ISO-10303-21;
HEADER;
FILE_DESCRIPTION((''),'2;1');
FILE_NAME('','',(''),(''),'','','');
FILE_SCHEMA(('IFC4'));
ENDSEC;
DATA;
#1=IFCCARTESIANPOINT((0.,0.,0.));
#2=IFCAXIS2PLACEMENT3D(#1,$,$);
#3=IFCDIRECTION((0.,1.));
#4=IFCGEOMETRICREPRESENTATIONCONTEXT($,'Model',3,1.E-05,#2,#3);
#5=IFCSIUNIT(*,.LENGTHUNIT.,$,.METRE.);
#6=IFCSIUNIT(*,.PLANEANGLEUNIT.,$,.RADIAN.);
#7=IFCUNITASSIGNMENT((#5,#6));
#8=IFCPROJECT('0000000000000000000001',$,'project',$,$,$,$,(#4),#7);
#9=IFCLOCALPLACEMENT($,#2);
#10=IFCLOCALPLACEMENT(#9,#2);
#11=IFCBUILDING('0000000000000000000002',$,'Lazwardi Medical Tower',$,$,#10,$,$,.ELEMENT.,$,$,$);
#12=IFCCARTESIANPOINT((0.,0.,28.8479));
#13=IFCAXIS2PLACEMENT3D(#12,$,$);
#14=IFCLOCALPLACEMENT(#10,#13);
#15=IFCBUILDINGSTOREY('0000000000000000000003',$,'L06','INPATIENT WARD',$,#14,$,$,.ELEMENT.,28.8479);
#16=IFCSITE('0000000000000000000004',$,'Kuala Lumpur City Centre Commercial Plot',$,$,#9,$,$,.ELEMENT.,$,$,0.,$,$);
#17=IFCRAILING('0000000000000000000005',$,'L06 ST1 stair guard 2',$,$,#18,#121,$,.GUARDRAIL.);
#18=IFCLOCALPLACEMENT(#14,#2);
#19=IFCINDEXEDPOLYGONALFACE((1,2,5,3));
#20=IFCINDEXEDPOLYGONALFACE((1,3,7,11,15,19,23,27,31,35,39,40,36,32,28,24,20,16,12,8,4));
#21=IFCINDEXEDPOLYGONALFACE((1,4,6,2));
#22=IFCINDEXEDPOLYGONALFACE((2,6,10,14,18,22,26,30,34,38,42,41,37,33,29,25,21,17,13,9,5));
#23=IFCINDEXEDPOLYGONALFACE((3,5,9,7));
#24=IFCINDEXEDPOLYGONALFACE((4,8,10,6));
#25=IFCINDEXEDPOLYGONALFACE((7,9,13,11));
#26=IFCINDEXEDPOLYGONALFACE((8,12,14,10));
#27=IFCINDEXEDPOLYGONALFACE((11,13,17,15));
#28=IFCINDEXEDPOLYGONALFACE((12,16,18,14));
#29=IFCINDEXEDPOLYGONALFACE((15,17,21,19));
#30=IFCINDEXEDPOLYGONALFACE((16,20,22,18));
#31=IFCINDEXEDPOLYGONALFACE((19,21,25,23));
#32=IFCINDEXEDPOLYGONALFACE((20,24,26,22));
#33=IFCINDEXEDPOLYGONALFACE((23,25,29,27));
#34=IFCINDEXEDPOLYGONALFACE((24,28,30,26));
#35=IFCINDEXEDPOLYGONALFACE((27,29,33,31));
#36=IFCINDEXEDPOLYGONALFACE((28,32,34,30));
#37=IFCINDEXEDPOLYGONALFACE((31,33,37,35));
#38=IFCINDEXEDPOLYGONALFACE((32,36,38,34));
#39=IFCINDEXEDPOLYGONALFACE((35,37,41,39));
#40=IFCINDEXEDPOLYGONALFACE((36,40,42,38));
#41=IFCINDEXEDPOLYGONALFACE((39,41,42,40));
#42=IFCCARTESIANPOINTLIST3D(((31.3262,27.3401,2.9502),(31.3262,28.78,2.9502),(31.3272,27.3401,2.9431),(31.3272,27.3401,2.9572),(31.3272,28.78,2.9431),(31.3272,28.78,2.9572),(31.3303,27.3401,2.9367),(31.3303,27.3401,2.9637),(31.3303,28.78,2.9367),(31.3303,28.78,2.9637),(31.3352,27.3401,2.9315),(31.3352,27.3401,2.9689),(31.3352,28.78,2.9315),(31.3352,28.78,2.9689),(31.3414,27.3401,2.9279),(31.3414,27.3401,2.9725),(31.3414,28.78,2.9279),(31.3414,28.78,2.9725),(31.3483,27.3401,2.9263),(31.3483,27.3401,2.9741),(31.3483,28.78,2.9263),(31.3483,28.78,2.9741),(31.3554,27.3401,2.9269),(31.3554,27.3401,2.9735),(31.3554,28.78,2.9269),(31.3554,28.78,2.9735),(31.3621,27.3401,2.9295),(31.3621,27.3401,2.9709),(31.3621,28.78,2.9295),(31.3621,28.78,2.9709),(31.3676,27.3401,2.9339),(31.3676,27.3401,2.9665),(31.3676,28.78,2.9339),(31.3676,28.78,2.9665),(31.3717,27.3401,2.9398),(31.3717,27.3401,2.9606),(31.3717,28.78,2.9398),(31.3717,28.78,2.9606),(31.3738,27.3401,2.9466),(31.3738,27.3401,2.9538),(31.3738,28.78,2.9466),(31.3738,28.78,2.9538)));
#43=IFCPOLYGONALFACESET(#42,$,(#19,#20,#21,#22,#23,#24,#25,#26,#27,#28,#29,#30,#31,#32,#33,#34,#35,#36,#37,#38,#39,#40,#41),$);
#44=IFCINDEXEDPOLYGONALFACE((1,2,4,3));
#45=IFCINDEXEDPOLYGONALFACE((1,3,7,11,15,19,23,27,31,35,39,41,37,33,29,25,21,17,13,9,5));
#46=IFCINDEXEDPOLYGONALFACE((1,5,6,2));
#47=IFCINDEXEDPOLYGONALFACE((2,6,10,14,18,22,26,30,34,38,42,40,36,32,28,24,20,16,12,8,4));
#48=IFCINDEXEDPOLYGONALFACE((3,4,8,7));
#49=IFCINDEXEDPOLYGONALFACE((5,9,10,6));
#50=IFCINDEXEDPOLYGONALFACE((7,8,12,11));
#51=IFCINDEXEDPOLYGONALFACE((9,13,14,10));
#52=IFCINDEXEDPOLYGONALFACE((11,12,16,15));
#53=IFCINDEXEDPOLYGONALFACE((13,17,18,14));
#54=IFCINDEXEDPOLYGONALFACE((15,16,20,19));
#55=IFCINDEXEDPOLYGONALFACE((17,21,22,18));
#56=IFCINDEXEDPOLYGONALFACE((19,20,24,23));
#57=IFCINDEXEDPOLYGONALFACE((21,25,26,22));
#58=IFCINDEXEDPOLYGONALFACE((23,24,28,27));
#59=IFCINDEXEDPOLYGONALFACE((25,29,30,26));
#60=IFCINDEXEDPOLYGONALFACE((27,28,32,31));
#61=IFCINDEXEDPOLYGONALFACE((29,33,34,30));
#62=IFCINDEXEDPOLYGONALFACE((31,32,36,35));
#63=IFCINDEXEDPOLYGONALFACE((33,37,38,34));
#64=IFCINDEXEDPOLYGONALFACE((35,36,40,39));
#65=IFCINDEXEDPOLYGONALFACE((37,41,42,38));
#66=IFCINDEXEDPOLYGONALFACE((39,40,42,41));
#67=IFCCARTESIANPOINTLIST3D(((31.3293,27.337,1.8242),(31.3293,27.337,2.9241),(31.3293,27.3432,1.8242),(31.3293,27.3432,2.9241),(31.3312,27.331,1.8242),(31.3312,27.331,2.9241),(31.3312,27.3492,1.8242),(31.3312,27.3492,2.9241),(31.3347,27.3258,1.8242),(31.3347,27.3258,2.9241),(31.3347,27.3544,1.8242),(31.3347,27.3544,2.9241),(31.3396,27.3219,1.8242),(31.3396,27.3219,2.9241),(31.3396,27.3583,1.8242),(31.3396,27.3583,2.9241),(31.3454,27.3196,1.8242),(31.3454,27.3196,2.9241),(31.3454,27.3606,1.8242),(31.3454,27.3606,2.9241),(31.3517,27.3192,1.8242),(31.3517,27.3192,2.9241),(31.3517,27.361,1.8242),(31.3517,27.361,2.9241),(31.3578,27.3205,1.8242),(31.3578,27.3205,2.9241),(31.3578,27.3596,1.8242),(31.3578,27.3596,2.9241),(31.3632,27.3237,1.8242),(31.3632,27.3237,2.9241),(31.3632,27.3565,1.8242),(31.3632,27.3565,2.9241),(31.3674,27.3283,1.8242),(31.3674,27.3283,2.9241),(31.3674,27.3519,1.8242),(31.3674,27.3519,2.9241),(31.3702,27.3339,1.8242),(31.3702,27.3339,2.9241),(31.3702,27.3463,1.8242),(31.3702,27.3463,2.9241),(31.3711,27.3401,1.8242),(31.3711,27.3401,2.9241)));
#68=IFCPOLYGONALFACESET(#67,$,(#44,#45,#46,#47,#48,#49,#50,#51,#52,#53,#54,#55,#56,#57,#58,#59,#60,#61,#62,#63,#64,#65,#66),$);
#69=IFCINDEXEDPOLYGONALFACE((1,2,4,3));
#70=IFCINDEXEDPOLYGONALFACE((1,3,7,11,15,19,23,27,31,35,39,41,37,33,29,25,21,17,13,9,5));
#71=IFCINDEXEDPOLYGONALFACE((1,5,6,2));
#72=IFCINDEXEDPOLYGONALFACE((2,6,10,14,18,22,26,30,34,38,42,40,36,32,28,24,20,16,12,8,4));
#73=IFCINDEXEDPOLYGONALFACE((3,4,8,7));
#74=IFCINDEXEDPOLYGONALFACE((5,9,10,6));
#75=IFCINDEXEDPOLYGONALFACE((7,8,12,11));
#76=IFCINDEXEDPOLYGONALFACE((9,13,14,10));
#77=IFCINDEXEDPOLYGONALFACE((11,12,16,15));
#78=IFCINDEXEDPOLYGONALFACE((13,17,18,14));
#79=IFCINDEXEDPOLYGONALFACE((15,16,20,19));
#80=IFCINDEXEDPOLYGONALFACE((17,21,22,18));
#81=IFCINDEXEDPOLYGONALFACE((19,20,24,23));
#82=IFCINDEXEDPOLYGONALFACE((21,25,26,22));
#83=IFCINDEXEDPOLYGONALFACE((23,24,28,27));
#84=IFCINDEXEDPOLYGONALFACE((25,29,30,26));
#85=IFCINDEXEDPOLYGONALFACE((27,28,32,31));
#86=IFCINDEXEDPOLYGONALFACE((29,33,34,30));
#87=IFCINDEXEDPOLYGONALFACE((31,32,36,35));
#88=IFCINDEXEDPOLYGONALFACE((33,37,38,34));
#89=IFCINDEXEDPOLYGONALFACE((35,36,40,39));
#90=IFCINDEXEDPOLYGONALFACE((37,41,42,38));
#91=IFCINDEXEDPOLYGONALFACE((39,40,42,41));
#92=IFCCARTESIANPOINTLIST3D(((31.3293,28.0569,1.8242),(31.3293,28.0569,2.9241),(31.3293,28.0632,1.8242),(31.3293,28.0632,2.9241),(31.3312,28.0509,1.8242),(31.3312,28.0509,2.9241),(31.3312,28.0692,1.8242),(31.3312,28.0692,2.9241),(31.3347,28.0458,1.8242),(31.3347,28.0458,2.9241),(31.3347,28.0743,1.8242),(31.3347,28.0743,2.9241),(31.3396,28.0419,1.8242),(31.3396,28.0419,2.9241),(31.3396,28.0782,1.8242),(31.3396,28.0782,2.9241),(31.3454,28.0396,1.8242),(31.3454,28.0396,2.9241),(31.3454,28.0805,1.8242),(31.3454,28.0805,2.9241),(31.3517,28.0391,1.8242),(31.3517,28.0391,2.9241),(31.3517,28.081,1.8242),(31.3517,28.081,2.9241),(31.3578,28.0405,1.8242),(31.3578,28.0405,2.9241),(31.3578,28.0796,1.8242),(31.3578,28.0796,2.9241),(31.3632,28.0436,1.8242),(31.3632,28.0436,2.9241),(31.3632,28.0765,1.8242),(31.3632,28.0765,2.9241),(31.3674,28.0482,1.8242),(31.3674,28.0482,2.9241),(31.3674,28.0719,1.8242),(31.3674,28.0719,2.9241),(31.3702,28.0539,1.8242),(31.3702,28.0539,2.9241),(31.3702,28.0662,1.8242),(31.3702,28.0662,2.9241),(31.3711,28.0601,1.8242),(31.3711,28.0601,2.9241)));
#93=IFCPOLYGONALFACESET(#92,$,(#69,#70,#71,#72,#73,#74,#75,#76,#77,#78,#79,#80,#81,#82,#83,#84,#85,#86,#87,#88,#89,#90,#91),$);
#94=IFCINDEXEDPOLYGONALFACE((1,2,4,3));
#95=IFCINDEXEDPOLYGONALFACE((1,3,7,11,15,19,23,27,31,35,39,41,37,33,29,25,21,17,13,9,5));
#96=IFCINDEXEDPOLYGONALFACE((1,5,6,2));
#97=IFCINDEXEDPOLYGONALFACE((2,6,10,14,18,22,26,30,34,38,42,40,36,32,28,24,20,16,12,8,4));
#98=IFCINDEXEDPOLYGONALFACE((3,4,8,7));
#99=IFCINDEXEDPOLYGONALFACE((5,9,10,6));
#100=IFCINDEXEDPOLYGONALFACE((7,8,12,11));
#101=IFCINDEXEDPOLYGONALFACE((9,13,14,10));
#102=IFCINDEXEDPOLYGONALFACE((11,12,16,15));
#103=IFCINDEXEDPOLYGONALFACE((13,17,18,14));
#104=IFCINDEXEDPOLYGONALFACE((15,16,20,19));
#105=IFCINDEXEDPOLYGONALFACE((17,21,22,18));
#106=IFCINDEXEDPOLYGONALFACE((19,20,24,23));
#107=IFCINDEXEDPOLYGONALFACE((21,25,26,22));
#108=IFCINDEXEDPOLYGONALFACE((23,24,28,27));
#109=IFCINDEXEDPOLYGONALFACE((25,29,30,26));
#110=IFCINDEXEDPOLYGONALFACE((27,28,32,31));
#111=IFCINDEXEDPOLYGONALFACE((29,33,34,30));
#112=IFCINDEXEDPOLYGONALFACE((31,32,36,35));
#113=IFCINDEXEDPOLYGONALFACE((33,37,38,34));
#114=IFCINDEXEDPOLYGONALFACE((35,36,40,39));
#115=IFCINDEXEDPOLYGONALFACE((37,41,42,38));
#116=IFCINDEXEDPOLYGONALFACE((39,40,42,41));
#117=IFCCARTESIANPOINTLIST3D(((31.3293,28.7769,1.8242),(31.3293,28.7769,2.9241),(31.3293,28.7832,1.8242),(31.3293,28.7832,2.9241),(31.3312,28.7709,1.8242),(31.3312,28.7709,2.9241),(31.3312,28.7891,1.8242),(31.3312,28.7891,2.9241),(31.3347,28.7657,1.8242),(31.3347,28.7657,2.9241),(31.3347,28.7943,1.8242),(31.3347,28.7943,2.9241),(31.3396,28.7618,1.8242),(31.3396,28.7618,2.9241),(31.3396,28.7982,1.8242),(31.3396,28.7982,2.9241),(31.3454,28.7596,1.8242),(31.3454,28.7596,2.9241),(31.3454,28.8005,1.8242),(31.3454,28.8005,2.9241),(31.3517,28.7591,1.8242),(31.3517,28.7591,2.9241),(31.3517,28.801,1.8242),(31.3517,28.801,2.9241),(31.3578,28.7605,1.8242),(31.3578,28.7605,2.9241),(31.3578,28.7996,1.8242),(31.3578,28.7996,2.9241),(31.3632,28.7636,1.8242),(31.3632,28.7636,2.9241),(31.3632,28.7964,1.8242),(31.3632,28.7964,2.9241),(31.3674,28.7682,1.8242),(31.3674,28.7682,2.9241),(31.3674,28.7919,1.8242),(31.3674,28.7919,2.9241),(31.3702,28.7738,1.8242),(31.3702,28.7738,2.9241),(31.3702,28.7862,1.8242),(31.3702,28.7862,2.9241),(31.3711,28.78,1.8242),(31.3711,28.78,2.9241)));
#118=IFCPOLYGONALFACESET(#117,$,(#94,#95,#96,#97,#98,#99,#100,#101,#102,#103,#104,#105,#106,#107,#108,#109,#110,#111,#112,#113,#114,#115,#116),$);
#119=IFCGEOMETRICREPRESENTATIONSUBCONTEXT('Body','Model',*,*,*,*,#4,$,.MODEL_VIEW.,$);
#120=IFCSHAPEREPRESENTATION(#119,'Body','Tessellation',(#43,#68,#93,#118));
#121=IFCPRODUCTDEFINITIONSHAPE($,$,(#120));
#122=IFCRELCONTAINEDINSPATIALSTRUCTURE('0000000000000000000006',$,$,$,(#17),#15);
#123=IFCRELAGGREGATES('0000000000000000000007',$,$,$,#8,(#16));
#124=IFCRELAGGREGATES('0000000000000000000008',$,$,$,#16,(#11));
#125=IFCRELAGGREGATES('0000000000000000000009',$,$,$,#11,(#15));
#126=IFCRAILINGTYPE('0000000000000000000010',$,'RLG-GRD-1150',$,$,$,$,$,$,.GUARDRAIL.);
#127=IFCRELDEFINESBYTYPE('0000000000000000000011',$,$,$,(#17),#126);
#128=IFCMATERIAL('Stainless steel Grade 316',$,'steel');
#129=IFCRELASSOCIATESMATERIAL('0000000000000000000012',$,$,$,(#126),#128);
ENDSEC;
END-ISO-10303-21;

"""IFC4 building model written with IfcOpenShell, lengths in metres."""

from ifc_helpers import new_model, si_unit, direction, frame, origin, origin_2d, place, context, subcontext, project, spatial, circle, extrude, material, type_object, element, save


model = new_model("IFC4")

# Units and contexts
model_context = context("Model", 3, precision=1e-05, world=origin(), true_north=direction((0.0, 1.0)))
body_context = subcontext(model_context, "Body", "Model", "MODEL_VIEW")
ifc_project = project(units=[si_unit("LENGTHUNIT", "METRE"), si_unit("PLANEANGLEUNIT", "RADIAN")], contexts=[model_context])

# Site, building, storey
site_placement = place(None, origin())
site = spatial("IfcSite", under=ifc_project, at=site_placement, Name="Kuala Lumpur City Centre Commercial Plot", CompositionType="ELEMENT", RefElevation=0.0)
building_placement = place(site_placement, origin())
building = spatial("IfcBuilding", under=site, at=building_placement, Name="Lazwardi Medical Tower", CompositionType="ELEMENT")
storey_placement = place(building_placement, frame((0.0, 0.0, 28.8479)))
storey = spatial("IfcBuildingStorey", under=building, at=storey_placement, Name="L06", Description="INPATIENT WARD", CompositionType="ELEMENT", Elevation=28.8479)

# Railing
ifc_material_1 = material(Name="Stainless steel Grade 316", Category="steel")
railing_type_1 = type_object("IfcRailingType", Name="RLG-GRD-1150", PredefinedType="GUARDRAIL", material=ifc_material_1)
railing_1_placement = place(storey_placement, frame((31.3501, 27.3401, 1.8242)))
element("IfcRailing", 1, at=railing_1_placement, inside=storey, type_object=railing_type_1, Name="L06 ST1 stair guard 2", PredefinedType="GUARDRAIL", context=body_context, shape_type="SweptSolid", body=[
    extrude(circle(Radius=0.0239, at=origin_2d()), frame((0.0, 0.0, 1.126), z_axis=(0.0, 1.0, 0.0), x_axis=(-1.0, 0.0, 0.0)), (0.0, 0.0, 1.0), 1.4399),
    extrude(circle(Radius=0.021, at=origin_2d()), origin(), (0.0, 0.0, 1.0), 1.0999),
    extrude(circle(Radius=0.021, at=origin_2d()), frame((0.0, 0.72, 0.0)), (0.0, 0.0, 1.0), 1.0999),
    extrude(circle(Radius=0.021, at=origin_2d()), frame((0.0, 1.4399, 0.0)), (0.0, 0.0, 1.0), 1.0999),
])

save(model, "model.ifc")
